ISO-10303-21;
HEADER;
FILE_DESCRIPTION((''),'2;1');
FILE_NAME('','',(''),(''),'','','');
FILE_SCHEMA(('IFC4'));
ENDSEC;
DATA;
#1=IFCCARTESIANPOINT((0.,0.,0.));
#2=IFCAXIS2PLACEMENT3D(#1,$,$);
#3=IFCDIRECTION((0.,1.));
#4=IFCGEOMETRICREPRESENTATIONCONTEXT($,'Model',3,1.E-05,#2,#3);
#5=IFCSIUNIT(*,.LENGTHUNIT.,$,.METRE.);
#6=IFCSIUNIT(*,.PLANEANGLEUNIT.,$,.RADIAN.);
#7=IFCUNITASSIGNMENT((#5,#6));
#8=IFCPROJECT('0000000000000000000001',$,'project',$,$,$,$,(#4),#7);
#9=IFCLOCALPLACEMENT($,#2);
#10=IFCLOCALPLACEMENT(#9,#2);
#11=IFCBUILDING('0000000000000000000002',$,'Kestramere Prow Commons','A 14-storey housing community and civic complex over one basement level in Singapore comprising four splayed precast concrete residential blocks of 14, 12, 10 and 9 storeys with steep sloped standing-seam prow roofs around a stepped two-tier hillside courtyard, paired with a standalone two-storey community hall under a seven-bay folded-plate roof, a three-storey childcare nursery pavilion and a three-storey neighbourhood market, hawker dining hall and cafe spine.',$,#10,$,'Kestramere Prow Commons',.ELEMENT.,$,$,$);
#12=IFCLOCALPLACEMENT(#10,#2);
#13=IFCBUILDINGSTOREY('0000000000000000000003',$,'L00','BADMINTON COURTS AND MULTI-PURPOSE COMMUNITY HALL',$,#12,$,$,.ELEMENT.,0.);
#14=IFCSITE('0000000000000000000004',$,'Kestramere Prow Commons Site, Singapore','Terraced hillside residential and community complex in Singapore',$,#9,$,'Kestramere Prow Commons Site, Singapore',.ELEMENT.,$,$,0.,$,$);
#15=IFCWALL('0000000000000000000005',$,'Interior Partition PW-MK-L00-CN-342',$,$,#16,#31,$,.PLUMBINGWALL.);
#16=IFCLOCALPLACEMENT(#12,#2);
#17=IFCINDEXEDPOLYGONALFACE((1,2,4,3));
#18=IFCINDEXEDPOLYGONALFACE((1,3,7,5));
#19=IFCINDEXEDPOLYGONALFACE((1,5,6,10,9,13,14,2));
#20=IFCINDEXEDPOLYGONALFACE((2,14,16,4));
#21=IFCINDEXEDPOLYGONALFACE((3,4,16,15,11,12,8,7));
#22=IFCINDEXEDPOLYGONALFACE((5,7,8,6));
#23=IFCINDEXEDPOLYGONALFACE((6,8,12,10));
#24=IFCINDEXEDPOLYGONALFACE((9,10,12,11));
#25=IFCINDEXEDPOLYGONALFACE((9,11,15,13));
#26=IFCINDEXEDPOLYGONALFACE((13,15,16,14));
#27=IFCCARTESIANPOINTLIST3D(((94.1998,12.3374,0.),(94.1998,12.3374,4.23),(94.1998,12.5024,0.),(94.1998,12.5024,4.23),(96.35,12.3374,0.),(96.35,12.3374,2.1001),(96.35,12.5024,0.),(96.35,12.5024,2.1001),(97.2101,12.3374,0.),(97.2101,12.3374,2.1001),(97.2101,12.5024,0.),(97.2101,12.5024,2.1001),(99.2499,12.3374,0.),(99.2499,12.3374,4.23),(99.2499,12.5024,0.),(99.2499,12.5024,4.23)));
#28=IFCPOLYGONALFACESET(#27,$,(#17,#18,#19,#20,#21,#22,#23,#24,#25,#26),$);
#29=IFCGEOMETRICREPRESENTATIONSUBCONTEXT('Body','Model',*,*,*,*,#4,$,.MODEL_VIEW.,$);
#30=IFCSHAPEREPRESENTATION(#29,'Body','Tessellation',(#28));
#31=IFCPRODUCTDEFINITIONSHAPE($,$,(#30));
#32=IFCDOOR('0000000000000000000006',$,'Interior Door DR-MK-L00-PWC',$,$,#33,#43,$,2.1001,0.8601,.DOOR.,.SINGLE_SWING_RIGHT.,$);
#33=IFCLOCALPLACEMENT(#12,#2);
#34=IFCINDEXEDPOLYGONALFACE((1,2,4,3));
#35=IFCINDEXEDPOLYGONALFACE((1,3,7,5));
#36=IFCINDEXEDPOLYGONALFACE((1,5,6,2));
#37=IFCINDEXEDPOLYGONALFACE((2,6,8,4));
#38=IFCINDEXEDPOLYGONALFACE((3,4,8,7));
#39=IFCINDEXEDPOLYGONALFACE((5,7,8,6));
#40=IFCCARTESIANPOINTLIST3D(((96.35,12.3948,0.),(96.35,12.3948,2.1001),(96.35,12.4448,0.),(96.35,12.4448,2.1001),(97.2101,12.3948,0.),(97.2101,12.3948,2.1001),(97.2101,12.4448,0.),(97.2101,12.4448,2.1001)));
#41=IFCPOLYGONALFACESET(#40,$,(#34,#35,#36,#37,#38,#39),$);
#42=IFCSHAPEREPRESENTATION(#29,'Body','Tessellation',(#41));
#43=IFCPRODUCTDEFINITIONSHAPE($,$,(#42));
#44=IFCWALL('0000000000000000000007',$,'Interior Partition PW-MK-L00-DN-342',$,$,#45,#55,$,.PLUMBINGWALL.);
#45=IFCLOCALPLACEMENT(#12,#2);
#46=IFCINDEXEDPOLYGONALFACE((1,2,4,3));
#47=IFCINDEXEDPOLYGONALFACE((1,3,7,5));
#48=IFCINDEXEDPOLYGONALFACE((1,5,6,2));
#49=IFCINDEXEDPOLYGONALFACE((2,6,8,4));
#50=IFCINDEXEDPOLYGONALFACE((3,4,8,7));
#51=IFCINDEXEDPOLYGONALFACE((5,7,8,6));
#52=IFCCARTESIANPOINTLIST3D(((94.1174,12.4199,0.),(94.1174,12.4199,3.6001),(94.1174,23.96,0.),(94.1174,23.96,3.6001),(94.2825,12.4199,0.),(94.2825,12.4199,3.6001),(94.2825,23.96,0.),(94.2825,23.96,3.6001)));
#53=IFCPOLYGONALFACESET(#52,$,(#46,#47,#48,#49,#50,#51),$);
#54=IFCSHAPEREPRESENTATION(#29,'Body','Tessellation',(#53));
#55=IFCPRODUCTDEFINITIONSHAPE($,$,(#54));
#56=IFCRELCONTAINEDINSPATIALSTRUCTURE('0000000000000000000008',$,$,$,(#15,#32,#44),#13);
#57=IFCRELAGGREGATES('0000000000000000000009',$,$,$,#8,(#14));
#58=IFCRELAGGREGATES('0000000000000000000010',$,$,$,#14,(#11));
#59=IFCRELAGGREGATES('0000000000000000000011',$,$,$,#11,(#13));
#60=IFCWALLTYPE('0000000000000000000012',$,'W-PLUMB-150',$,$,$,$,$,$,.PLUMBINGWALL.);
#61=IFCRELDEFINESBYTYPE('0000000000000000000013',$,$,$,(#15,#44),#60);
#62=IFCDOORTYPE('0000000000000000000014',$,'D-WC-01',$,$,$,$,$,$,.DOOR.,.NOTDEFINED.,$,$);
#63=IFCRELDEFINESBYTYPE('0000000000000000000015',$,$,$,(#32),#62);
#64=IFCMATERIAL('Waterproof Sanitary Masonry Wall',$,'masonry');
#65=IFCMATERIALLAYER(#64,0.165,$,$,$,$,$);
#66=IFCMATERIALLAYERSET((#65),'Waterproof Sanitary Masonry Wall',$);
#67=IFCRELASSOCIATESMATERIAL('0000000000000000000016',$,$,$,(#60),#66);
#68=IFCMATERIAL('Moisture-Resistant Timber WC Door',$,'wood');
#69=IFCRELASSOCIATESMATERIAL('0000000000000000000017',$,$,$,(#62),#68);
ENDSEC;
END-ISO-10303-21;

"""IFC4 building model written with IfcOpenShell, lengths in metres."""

from ifc_helpers import new_model, si_unit, direction, frame, frame_2d, origin, place, context, subcontext, project, spatial, rectangle, extrude, material, layer, layer_set, type_object, element, fill, save


model = new_model("IFC4")

# Units and contexts
model_context = context("Model", 3, precision=1e-05, world=origin(), true_north=direction((0.0, 1.0)))
body_context = subcontext(model_context, "Body", "Model", "MODEL_VIEW")
ifc_project = project(units=[si_unit("LENGTHUNIT", "METRE"), si_unit("PLANEANGLEUNIT", "RADIAN")], contexts=[model_context])

# Site, building, storey
site_placement = place(None, origin())
site = spatial("IfcSite", under=ifc_project, at=site_placement, Name="Kestramere Prow Commons Site, Singapore", Description="Terraced hillside residential and community complex in Singapore", LongName="Kestramere Prow Commons Site, Singapore", CompositionType="ELEMENT", RefElevation=0.0)
building_placement = place(site_placement, origin())
building = spatial("IfcBuilding", under=site, at=building_placement, Name="Kestramere Prow Commons", Description="A 14-storey housing community and civic complex over one basement level in Singapore comprising four splayed precast concrete residential blocks of 14, 12, 10 and 9 storeys with steep sloped standing-seam prow roofs around a stepped two-tier hillside courtyard, paired with a standalone two-storey community hall under a seven-bay folded-plate roof, a three-storey childcare nursery pavilion and a three-storey neighbourhood market, hawker dining hall and cafe spine.", LongName="Kestramere Prow Commons", CompositionType="ELEMENT")
storey_placement = place(building_placement, origin())
storey = spatial("IfcBuildingStorey", under=building, at=storey_placement, Name="L00", Description="BADMINTON COURTS AND MULTI-PURPOSE COMMUNITY HALL", CompositionType="ELEMENT", Elevation=0.0)

# Wall, opening, door
ifc_material_1 = material(Name="Waterproof Sanitary Masonry Wall", Category="masonry")
ifc_layer_1 = layer(ifc_material_1, 0.165)
ifc_layer_set_1 = layer_set([ifc_layer_1], Name="Waterproof Sanitary Masonry Wall")
wall_type_1 = type_object("IfcWallType", Name="W-PLUMB-150", PredefinedType="PLUMBINGWALL", material=ifc_layer_set_1)
wall_1_placement = place(storey_placement, frame((94.2, 12.4199, 0.0), z_axis=(0.0, 0.0, 1.0), x_axis=(1.0, 0.0, 0.0)))
wall_1 = element("IfcWall", 1, at=wall_1_placement, inside=storey, type_object=wall_type_1, Name="Interior Partition PW-MK-L00-CN-342", PredefinedType="PLUMBINGWALL", context=body_context, shape_type="SweptSolid", body=[
    extrude(rectangle(XDim=5.05, YDim=0.165, at=frame_2d((2.5249, 0.0))), origin(), (0.0, 0.0, 1.0), 4.23),
])
opening_1_placement = place(wall_1_placement, frame((2.1499, 0.0, 0.0)))
opening_1 = element("IfcOpeningElement", 2, at=opening_1_placement, cuts=wall_1, PredefinedType="OPENING", context=body_context, shape_type="SweptSolid", body=[
    extrude(rectangle(XDim=0.8601, YDim=2.1001, at=frame_2d((0.4302, 1.05))), frame((0.0, 0.0974, 0.0), z_axis=(0.0, -1.0, 0.0), x_axis=(1.0, 0.0, 0.0)), (0.0, 0.0, 1.0), 0.1951),
])
ifc_material_2 = material(Name="Moisture-Resistant Timber WC Door", Category="wood")
door_type_1 = type_object("IfcDoorType", Name="D-WC-01", OperationType="NOTDEFINED", PredefinedType="DOOR", material=ifc_material_2)
door_1_placement = place(opening_1_placement, origin())
door_1 = element("IfcDoor", 3, at=door_1_placement, inside=storey, type_object=door_type_1, Name="Interior Door DR-MK-L00-PWC", OperationType="SINGLE_SWING_RIGHT", OverallHeight=2.1001, OverallWidth=0.8601, PredefinedType="DOOR", context=body_context, shape_type="SweptSolid", body=[
    extrude(rectangle(XDim=0.8601, YDim=2.1001, at=frame_2d((0.4302, 1.05))), frame((0.0, 0.0249, 0.0), z_axis=(0.0, -1.0, 0.0), x_axis=(1.0, 0.0, 0.0)), (0.0, 0.0, 1.0), 0.05),
])
fill(opening_1, door_1)

# Wall
wall_2_placement = place(storey_placement, frame((94.2, 12.4199, 0.0), z_axis=(0.0, 0.0, 1.0), x_axis=(0.0, 1.0, 0.0)))
element("IfcWall", 4, at=wall_2_placement, inside=storey, type_object=wall_type_1, Name="Interior Partition PW-MK-L00-DN-342", PredefinedType="PLUMBINGWALL", context=body_context, shape_type="SweptSolid", body=[
    extrude(rectangle(XDim=11.54, YDim=0.165, at=frame_2d((5.77, 0.0))), origin(), (0.0, 0.0, 1.0), 3.6001),
])

save(model, "model.ifc")
